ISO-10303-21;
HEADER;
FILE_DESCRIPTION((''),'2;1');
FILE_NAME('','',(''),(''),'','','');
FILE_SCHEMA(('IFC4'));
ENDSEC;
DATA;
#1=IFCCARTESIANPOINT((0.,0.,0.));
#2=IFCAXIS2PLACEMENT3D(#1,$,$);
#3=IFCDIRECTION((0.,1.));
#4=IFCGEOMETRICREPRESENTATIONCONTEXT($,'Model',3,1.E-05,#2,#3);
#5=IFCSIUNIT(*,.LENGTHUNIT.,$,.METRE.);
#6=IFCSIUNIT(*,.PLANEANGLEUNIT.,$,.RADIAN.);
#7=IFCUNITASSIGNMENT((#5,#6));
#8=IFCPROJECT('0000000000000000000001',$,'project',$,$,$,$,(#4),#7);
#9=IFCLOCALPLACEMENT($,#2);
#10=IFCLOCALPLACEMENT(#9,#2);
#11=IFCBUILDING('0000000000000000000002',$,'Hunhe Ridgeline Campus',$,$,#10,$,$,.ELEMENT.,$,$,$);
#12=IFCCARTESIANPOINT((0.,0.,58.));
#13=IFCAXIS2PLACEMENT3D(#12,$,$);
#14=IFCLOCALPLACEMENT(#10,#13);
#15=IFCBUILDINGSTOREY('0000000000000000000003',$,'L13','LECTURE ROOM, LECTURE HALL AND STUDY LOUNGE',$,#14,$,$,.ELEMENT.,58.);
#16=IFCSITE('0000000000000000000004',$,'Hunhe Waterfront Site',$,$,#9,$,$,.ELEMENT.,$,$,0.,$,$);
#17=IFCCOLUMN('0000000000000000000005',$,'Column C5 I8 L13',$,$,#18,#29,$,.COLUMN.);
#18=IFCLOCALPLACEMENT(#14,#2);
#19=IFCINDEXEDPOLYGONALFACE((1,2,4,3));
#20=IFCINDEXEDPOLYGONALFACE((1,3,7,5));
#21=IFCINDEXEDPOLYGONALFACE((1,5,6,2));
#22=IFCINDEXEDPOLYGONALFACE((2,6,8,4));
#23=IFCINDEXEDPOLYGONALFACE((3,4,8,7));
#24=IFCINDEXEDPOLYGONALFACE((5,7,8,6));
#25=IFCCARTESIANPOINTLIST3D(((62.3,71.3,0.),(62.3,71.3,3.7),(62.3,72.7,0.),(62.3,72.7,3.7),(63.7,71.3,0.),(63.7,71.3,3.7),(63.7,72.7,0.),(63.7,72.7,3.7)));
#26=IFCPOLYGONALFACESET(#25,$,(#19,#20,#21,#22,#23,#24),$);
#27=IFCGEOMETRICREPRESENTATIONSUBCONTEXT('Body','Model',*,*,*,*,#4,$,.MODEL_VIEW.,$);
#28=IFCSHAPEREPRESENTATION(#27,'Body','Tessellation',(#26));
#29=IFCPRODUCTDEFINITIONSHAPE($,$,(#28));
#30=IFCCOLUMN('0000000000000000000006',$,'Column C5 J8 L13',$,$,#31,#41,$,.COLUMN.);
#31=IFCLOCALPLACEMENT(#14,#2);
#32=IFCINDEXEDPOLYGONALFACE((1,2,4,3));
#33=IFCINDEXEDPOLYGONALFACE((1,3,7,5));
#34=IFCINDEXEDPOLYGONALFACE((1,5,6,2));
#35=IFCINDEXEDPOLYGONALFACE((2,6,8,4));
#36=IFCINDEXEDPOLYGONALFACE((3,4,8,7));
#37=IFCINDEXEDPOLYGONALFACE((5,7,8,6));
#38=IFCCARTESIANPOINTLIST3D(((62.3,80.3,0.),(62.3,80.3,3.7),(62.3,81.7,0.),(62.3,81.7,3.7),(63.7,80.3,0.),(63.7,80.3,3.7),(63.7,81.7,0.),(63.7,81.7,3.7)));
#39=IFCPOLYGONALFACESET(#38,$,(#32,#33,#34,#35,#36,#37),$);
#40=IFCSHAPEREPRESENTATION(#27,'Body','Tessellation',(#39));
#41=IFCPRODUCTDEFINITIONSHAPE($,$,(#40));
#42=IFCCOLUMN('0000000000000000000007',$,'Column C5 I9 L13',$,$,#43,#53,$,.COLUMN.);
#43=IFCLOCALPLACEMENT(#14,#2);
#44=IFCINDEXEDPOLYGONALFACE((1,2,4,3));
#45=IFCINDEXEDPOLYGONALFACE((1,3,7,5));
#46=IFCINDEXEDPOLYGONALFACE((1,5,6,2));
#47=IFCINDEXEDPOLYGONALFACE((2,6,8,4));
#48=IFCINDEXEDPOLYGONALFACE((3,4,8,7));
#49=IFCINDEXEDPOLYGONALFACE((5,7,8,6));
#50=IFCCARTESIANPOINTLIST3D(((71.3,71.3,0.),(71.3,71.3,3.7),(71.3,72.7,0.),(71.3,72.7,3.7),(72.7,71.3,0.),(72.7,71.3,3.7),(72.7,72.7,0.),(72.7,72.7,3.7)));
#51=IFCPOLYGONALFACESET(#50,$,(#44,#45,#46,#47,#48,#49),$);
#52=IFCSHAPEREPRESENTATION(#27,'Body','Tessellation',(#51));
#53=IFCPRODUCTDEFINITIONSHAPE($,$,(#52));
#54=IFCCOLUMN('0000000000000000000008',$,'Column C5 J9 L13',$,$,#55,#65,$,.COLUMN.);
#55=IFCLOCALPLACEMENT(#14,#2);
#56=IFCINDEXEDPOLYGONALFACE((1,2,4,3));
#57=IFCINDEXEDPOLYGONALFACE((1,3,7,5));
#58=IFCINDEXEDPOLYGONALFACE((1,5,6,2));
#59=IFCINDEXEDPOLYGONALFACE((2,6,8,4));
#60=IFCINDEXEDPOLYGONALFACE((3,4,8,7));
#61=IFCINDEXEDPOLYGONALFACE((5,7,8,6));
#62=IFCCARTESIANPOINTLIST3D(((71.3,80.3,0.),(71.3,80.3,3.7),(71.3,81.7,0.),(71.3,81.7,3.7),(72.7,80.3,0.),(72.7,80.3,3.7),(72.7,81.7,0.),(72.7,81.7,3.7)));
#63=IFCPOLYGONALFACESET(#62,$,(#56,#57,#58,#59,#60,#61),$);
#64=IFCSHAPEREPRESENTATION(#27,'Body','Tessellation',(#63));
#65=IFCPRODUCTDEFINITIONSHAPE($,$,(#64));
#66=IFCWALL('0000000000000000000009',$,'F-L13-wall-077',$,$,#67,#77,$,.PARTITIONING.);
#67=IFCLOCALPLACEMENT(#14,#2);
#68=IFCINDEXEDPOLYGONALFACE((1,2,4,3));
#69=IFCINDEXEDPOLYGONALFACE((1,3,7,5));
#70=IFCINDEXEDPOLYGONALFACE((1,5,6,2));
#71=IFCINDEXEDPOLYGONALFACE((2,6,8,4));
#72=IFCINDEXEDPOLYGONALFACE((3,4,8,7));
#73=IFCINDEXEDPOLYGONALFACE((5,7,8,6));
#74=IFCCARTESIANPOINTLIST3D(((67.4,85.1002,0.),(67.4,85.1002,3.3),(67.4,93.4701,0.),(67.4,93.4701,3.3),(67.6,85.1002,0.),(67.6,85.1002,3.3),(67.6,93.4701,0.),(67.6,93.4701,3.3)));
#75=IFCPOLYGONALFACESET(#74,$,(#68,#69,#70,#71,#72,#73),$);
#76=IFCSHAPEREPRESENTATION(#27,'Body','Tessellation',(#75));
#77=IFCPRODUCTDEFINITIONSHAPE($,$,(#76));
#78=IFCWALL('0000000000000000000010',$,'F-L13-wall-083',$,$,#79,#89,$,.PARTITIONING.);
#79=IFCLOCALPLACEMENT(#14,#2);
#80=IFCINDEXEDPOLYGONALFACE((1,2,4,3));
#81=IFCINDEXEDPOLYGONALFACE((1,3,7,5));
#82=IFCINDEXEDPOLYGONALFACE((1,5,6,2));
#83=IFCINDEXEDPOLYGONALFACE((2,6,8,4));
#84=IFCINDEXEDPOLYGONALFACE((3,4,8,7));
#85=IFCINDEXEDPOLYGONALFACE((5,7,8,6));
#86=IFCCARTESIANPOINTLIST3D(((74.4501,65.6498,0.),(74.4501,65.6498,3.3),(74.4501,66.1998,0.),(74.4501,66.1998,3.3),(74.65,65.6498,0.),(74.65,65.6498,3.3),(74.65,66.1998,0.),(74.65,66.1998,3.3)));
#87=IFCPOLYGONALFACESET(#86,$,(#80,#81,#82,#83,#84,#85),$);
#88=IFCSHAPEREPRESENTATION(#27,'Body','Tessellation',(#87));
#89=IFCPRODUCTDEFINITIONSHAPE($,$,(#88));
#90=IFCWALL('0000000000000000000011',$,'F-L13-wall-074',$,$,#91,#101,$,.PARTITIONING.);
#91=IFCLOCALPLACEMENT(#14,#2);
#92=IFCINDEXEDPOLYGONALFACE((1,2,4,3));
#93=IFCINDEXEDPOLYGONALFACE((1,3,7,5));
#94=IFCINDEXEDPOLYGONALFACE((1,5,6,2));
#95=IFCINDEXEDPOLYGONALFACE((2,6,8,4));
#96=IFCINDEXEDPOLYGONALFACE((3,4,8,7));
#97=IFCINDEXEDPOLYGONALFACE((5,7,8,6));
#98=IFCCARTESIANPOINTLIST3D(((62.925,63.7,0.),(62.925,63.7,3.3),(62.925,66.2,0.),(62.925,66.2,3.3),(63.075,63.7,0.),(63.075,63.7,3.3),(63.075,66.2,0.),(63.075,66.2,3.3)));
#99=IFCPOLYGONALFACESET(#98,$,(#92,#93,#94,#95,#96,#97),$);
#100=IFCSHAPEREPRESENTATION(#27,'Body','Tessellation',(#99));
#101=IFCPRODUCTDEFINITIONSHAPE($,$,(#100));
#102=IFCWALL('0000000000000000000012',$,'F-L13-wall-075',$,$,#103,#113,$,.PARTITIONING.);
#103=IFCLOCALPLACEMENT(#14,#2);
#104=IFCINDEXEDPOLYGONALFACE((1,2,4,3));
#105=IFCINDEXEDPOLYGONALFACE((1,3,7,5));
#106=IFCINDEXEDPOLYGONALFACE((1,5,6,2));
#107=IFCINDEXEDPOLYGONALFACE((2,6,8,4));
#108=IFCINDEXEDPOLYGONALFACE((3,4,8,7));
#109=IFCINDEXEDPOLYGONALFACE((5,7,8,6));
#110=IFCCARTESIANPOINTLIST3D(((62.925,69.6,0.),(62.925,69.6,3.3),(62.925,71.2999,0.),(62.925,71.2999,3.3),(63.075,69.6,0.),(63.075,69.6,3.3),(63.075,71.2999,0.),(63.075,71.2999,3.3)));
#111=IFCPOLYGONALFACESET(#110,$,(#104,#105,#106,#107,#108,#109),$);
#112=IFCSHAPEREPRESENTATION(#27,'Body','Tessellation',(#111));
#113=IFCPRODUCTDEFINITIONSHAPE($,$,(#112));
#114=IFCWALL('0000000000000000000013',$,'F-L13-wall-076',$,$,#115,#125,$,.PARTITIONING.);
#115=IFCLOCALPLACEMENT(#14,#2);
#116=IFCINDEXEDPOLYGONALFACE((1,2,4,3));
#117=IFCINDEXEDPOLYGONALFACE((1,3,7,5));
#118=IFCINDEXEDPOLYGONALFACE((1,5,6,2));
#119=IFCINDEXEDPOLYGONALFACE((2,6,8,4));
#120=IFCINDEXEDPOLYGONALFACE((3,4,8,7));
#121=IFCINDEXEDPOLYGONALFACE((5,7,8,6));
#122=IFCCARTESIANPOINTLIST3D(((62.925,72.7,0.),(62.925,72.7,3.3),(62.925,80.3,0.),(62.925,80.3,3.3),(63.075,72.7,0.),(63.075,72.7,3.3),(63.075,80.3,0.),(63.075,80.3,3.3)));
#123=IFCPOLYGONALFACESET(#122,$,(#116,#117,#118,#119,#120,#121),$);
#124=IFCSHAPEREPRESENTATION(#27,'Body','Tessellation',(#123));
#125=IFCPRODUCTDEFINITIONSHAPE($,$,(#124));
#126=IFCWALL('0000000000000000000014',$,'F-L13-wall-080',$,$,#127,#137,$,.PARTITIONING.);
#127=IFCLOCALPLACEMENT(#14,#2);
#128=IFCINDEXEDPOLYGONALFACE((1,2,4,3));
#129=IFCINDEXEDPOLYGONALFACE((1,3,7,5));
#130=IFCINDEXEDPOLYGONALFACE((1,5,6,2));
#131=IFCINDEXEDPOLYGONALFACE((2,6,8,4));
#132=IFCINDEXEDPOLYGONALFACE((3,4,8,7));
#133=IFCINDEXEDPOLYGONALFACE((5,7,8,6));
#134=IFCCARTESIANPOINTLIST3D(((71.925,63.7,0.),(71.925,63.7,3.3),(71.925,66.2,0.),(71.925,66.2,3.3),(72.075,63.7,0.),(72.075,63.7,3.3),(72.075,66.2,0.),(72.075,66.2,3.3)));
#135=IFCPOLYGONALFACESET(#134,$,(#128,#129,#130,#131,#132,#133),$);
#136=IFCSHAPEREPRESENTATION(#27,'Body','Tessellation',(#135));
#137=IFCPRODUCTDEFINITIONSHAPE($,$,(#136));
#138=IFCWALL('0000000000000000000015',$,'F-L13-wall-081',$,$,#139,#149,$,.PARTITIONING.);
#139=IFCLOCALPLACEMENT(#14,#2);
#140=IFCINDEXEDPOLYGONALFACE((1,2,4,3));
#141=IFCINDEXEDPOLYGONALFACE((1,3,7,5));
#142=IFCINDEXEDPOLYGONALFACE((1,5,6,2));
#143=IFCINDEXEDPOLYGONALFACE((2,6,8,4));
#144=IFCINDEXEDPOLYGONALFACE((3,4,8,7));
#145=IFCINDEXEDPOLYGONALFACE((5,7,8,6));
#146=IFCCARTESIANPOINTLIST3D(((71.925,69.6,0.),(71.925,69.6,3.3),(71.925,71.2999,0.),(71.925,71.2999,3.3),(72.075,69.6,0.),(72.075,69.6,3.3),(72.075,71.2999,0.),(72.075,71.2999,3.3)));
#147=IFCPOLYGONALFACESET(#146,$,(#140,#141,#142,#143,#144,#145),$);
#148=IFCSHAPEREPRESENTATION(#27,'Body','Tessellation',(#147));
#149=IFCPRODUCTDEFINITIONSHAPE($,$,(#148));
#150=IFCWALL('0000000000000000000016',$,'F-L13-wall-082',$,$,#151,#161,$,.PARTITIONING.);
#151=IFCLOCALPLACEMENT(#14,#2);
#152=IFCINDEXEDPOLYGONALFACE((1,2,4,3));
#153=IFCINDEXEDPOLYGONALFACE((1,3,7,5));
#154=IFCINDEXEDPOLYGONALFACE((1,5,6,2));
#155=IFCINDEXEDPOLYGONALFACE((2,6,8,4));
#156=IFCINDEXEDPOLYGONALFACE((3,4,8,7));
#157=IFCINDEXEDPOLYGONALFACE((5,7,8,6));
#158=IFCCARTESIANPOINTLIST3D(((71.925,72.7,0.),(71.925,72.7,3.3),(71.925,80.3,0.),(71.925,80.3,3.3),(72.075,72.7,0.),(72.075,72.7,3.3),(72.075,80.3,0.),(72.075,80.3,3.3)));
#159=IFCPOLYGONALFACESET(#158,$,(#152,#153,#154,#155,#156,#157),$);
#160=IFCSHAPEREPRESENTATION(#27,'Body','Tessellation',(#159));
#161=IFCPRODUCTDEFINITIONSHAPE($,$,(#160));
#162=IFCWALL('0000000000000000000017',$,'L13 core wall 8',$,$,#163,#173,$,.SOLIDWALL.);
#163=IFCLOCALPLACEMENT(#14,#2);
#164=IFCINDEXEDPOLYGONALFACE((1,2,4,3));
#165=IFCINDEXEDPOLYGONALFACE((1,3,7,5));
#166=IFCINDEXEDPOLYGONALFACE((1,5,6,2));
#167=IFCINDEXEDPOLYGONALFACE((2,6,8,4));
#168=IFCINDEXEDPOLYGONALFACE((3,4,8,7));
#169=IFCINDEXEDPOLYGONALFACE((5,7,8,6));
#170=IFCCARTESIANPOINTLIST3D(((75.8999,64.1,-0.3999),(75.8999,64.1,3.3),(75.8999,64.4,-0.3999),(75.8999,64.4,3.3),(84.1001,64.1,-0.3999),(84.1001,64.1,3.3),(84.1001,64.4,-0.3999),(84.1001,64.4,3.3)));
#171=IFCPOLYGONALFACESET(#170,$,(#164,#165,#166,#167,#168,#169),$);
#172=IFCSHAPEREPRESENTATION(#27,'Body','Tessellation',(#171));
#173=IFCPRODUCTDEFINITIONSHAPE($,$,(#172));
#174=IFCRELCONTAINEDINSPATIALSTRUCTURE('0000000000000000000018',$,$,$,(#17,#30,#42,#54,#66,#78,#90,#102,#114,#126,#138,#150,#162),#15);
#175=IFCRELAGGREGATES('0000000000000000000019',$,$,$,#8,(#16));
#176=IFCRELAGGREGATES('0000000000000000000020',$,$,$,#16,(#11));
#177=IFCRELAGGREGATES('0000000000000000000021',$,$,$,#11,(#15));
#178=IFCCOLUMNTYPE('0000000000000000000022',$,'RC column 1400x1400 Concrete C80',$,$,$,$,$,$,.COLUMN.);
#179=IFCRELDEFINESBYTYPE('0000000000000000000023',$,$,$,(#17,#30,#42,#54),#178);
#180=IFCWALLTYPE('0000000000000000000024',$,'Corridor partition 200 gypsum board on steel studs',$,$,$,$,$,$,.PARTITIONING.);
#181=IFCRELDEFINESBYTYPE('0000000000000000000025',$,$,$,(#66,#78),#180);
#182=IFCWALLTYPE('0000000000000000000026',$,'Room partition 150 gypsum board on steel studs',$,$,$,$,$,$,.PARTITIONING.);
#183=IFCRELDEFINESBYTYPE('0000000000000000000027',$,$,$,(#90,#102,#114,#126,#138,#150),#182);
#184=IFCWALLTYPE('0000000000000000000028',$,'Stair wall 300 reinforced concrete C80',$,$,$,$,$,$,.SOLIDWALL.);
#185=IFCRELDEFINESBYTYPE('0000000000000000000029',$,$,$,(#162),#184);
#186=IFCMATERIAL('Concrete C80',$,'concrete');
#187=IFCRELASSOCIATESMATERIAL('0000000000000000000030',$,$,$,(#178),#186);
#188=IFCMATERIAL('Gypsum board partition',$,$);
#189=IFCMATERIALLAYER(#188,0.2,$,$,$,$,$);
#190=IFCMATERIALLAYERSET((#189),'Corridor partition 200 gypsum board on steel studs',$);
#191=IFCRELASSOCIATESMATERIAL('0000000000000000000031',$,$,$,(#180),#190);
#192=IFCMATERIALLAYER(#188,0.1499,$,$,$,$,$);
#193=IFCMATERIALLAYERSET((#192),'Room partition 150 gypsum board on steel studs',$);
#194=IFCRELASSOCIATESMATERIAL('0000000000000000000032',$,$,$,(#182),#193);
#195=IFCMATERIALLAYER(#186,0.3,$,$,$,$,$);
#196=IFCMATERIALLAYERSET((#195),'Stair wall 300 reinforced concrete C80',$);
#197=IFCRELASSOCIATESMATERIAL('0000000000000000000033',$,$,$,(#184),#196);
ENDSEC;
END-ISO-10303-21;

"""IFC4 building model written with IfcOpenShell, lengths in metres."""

from ifc_helpers import new_model, si_unit, direction, frame, frame_2d, origin, origin_2d, place, context, subcontext, project, spatial, rectangle, extrude, material, layer, layer_set, material_profile, profile_set, type_object, element, save


model = new_model("IFC4")

# Units and contexts
model_context = context("Model", 3, precision=1e-05, world=origin(), true_north=direction((0.0, 1.0)))
body_context = subcontext(model_context, "Body", "Model", "MODEL_VIEW")
ifc_project = project(units=[si_unit("LENGTHUNIT", "METRE"), si_unit("PLANEANGLEUNIT", "RADIAN")], contexts=[model_context])

# Site, building, storey
site_placement = place(None, origin())
site = spatial("IfcSite", under=ifc_project, at=site_placement, Name="Hunhe Waterfront Site", CompositionType="ELEMENT", RefElevation=0.0)
building_placement = place(site_placement, origin())
building = spatial("IfcBuilding", under=site, at=building_placement, Name="Hunhe Ridgeline Campus", CompositionType="ELEMENT")
storey_placement = place(building_placement, frame((0.0, 0.0, 58.0)))
storey = spatial("IfcBuildingStorey", under=building, at=storey_placement, Name="L13", Description="LECTURE ROOM, LECTURE HALL AND STUDY LOUNGE", CompositionType="ELEMENT", Elevation=58.0)

# Columns
ifc_material_1 = material(Name="Concrete C80", Category="concrete")
ifc_material_profile = material_profile(ifc_material_1, rectangle(XDim=1.3999, YDim=1.3999, at=origin_2d()))
ifc_profile_set = profile_set([ifc_material_profile], Name="Concrete C80")
column_type = type_object("IfcColumnType", Name="RC column 1400x1400 Concrete C80", PredefinedType="COLUMN", material=ifc_profile_set)
for number, where, z_axis, x_axis, name in (
    (1, (63.0, 72.0, 0.0), (0.0, 0.0, 1.0), (1.0, 0.0, 0.0), "Column C5 I8 L13"),
    (2, (63.0, 81.0, 0.0), (0.0, 0.0, 1.0), (1.0, 0.0, 0.0), "Column C5 J8 L13"),
    (3, (72.0, 72.0, 0.0), (0.0, 0.0, 1.0), (1.0, 0.0, 0.0), "Column C5 I9 L13"),
    (4, (72.0, 81.0, 0.0), (0.0, 0.0, 1.0), (1.0, 0.0, 0.0), "Column C5 J9 L13"),
):
    element("IfcColumn", number, at=place(storey_placement, frame(where, z_axis=z_axis, x_axis=x_axis)), inside=storey, type_object=column_type, Name=name, PredefinedType="COLUMN", context=body_context, shape_type="SweptSolid", body=[
        extrude(rectangle(XDim=1.3999, YDim=1.3999, at=origin_2d()), origin(), (0.0, 0.0, 1.0), 3.7),
    ])

# Shared definitions
ifc_material_2 = material(Name="Gypsum board partition")
ifc_layer_1 = layer(ifc_material_2, 0.2)
ifc_layer_set_1 = layer_set([ifc_layer_1], Name="Corridor partition 200 gypsum board on steel studs")
wall_type_1 = type_object("IfcWallType", Name="Corridor partition 200 gypsum board on steel studs", PredefinedType="PARTITIONING", material=ifc_layer_set_1)

# Walls
wall_1_placement = place(storey_placement, frame((67.5, 85.1001, 0.0), z_axis=(0.0, 0.0, 1.0), x_axis=(0.0, 1.0, 0.0)))
element("IfcWall", 5, at=wall_1_placement, inside=storey, type_object=wall_type_1, Name="F-L13-wall-077", PredefinedType="PARTITIONING", context=body_context, shape_type="SweptSolid", body=[
    extrude(rectangle(XDim=8.3699, YDim=0.2, at=frame_2d((4.1851, 0.0))), origin(), (0.0, 0.0, 1.0), 3.3),
])
wall_2_placement = place(storey_placement, frame((74.55, 65.6499, 0.0), z_axis=(0.0, 0.0, 1.0), x_axis=(0.0, 1.0, 0.0)))
element("IfcWall", 6, at=wall_2_placement, inside=storey, type_object=wall_type_1, Name="F-L13-wall-083", PredefinedType="PARTITIONING", context=body_context, shape_type="SweptSolid", body=[
    extrude(rectangle(XDim=0.55, YDim=0.2, at=frame_2d((0.2749, 0.0))), origin(), (0.0, 0.0, 1.0), 3.3),
])
ifc_layer_2 = layer(ifc_material_2, 0.1499)
ifc_layer_set_2 = layer_set([ifc_layer_2], Name="Room partition 150 gypsum board on steel studs")
wall_type_2 = type_object("IfcWallType", Name="Room partition 150 gypsum board on steel studs", PredefinedType="PARTITIONING", material=ifc_layer_set_2)
wall_3_placement = place(storey_placement, frame((63.0, 66.2, 0.0), z_axis=(0.0, 0.0, 1.0), x_axis=(0.0, -1.0, 0.0)))
element("IfcWall", 7, at=wall_3_placement, inside=storey, type_object=wall_type_2, Name="F-L13-wall-074", PredefinedType="PARTITIONING", context=body_context, shape_type="SweptSolid", body=[
    extrude(rectangle(XDim=2.5, YDim=0.1499, at=frame_2d((1.25, 0.0))), origin(), (0.0, 0.0, 1.0), 3.3),
])
wall_4_placement = place(storey_placement, frame((63.0, 71.3, 0.0), z_axis=(0.0, 0.0, 1.0), x_axis=(0.0, -1.0, 0.0)))
element("IfcWall", 8, at=wall_4_placement, inside=storey, type_object=wall_type_2, Name="F-L13-wall-075", PredefinedType="PARTITIONING", context=body_context, shape_type="SweptSolid", body=[
    extrude(rectangle(XDim=1.7, YDim=0.1499, at=frame_2d((0.8501, 0.0))), origin(), (0.0, 0.0, 1.0), 3.3),
])
wall_5_placement = place(storey_placement, frame((63.0, 80.3, 0.0), z_axis=(0.0, 0.0, 1.0), x_axis=(0.0, -1.0, 0.0)))
element("IfcWall", 9, at=wall_5_placement, inside=storey, type_object=wall_type_2, Name="F-L13-wall-076", PredefinedType="PARTITIONING", context=body_context, shape_type="SweptSolid", body=[
    extrude(rectangle(XDim=7.6001, YDim=0.1499, at=frame_2d((3.8, 0.0))), origin(), (0.0, 0.0, 1.0), 3.3),
])
wall_6_placement = place(storey_placement, frame((72.0, 66.2, 0.0), z_axis=(0.0, 0.0, 1.0), x_axis=(0.0, -1.0, 0.0)))
element("IfcWall", 10, at=wall_6_placement, inside=storey, type_object=wall_type_2, Name="F-L13-wall-080", PredefinedType="PARTITIONING", context=body_context, shape_type="SweptSolid", body=[
    extrude(rectangle(XDim=2.5, YDim=0.1499, at=frame_2d((1.25, 0.0))), origin(), (0.0, 0.0, 1.0), 3.3),
])
wall_7_placement = place(storey_placement, frame((72.0, 71.3, 0.0), z_axis=(0.0, 0.0, 1.0), x_axis=(0.0, -1.0, 0.0)))
element("IfcWall", 11, at=wall_7_placement, inside=storey, type_object=wall_type_2, Name="F-L13-wall-081", PredefinedType="PARTITIONING", context=body_context, shape_type="SweptSolid", body=[
    extrude(rectangle(XDim=1.7, YDim=0.1499, at=frame_2d((0.8501, 0.0))), origin(), (0.0, 0.0, 1.0), 3.3),
])
wall_8_placement = place(storey_placement, frame((72.0, 80.3, 0.0), z_axis=(0.0, 0.0, 1.0), x_axis=(0.0, -1.0, 0.0)))
element("IfcWall", 12, at=wall_8_placement, inside=storey, type_object=wall_type_2, Name="F-L13-wall-082", PredefinedType="PARTITIONING", context=body_context, shape_type="SweptSolid", body=[
    extrude(rectangle(XDim=7.6001, YDim=0.1499, at=frame_2d((3.8, 0.0))), origin(), (0.0, 0.0, 1.0), 3.3),
])
ifc_layer_3 = layer(ifc_material_1, 0.3)
ifc_layer_set_3 = layer_set([ifc_layer_3], Name="Stair wall 300 reinforced concrete C80")
wall_type_3 = type_object("IfcWallType", Name="Stair wall 300 reinforced concrete C80", PredefinedType="SOLIDWALL", material=ifc_layer_set_3)
wall_9_placement = place(storey_placement, frame((75.8999, 64.25, -0.3999), z_axis=(0.0, 0.0, 1.0), x_axis=(1.0, 0.0, 0.0)))
element("IfcWall", 13, at=wall_9_placement, inside=storey, type_object=wall_type_3, Name="L13 core wall 8", PredefinedType="SOLIDWALL", context=body_context, shape_type="SweptSolid", body=[
    extrude(rectangle(XDim=8.2002, YDim=0.3, at=frame_2d((4.1001, 0.0))), origin(), (0.0, 0.0, 1.0), 3.7),
])

save(model, "model.ifc")
